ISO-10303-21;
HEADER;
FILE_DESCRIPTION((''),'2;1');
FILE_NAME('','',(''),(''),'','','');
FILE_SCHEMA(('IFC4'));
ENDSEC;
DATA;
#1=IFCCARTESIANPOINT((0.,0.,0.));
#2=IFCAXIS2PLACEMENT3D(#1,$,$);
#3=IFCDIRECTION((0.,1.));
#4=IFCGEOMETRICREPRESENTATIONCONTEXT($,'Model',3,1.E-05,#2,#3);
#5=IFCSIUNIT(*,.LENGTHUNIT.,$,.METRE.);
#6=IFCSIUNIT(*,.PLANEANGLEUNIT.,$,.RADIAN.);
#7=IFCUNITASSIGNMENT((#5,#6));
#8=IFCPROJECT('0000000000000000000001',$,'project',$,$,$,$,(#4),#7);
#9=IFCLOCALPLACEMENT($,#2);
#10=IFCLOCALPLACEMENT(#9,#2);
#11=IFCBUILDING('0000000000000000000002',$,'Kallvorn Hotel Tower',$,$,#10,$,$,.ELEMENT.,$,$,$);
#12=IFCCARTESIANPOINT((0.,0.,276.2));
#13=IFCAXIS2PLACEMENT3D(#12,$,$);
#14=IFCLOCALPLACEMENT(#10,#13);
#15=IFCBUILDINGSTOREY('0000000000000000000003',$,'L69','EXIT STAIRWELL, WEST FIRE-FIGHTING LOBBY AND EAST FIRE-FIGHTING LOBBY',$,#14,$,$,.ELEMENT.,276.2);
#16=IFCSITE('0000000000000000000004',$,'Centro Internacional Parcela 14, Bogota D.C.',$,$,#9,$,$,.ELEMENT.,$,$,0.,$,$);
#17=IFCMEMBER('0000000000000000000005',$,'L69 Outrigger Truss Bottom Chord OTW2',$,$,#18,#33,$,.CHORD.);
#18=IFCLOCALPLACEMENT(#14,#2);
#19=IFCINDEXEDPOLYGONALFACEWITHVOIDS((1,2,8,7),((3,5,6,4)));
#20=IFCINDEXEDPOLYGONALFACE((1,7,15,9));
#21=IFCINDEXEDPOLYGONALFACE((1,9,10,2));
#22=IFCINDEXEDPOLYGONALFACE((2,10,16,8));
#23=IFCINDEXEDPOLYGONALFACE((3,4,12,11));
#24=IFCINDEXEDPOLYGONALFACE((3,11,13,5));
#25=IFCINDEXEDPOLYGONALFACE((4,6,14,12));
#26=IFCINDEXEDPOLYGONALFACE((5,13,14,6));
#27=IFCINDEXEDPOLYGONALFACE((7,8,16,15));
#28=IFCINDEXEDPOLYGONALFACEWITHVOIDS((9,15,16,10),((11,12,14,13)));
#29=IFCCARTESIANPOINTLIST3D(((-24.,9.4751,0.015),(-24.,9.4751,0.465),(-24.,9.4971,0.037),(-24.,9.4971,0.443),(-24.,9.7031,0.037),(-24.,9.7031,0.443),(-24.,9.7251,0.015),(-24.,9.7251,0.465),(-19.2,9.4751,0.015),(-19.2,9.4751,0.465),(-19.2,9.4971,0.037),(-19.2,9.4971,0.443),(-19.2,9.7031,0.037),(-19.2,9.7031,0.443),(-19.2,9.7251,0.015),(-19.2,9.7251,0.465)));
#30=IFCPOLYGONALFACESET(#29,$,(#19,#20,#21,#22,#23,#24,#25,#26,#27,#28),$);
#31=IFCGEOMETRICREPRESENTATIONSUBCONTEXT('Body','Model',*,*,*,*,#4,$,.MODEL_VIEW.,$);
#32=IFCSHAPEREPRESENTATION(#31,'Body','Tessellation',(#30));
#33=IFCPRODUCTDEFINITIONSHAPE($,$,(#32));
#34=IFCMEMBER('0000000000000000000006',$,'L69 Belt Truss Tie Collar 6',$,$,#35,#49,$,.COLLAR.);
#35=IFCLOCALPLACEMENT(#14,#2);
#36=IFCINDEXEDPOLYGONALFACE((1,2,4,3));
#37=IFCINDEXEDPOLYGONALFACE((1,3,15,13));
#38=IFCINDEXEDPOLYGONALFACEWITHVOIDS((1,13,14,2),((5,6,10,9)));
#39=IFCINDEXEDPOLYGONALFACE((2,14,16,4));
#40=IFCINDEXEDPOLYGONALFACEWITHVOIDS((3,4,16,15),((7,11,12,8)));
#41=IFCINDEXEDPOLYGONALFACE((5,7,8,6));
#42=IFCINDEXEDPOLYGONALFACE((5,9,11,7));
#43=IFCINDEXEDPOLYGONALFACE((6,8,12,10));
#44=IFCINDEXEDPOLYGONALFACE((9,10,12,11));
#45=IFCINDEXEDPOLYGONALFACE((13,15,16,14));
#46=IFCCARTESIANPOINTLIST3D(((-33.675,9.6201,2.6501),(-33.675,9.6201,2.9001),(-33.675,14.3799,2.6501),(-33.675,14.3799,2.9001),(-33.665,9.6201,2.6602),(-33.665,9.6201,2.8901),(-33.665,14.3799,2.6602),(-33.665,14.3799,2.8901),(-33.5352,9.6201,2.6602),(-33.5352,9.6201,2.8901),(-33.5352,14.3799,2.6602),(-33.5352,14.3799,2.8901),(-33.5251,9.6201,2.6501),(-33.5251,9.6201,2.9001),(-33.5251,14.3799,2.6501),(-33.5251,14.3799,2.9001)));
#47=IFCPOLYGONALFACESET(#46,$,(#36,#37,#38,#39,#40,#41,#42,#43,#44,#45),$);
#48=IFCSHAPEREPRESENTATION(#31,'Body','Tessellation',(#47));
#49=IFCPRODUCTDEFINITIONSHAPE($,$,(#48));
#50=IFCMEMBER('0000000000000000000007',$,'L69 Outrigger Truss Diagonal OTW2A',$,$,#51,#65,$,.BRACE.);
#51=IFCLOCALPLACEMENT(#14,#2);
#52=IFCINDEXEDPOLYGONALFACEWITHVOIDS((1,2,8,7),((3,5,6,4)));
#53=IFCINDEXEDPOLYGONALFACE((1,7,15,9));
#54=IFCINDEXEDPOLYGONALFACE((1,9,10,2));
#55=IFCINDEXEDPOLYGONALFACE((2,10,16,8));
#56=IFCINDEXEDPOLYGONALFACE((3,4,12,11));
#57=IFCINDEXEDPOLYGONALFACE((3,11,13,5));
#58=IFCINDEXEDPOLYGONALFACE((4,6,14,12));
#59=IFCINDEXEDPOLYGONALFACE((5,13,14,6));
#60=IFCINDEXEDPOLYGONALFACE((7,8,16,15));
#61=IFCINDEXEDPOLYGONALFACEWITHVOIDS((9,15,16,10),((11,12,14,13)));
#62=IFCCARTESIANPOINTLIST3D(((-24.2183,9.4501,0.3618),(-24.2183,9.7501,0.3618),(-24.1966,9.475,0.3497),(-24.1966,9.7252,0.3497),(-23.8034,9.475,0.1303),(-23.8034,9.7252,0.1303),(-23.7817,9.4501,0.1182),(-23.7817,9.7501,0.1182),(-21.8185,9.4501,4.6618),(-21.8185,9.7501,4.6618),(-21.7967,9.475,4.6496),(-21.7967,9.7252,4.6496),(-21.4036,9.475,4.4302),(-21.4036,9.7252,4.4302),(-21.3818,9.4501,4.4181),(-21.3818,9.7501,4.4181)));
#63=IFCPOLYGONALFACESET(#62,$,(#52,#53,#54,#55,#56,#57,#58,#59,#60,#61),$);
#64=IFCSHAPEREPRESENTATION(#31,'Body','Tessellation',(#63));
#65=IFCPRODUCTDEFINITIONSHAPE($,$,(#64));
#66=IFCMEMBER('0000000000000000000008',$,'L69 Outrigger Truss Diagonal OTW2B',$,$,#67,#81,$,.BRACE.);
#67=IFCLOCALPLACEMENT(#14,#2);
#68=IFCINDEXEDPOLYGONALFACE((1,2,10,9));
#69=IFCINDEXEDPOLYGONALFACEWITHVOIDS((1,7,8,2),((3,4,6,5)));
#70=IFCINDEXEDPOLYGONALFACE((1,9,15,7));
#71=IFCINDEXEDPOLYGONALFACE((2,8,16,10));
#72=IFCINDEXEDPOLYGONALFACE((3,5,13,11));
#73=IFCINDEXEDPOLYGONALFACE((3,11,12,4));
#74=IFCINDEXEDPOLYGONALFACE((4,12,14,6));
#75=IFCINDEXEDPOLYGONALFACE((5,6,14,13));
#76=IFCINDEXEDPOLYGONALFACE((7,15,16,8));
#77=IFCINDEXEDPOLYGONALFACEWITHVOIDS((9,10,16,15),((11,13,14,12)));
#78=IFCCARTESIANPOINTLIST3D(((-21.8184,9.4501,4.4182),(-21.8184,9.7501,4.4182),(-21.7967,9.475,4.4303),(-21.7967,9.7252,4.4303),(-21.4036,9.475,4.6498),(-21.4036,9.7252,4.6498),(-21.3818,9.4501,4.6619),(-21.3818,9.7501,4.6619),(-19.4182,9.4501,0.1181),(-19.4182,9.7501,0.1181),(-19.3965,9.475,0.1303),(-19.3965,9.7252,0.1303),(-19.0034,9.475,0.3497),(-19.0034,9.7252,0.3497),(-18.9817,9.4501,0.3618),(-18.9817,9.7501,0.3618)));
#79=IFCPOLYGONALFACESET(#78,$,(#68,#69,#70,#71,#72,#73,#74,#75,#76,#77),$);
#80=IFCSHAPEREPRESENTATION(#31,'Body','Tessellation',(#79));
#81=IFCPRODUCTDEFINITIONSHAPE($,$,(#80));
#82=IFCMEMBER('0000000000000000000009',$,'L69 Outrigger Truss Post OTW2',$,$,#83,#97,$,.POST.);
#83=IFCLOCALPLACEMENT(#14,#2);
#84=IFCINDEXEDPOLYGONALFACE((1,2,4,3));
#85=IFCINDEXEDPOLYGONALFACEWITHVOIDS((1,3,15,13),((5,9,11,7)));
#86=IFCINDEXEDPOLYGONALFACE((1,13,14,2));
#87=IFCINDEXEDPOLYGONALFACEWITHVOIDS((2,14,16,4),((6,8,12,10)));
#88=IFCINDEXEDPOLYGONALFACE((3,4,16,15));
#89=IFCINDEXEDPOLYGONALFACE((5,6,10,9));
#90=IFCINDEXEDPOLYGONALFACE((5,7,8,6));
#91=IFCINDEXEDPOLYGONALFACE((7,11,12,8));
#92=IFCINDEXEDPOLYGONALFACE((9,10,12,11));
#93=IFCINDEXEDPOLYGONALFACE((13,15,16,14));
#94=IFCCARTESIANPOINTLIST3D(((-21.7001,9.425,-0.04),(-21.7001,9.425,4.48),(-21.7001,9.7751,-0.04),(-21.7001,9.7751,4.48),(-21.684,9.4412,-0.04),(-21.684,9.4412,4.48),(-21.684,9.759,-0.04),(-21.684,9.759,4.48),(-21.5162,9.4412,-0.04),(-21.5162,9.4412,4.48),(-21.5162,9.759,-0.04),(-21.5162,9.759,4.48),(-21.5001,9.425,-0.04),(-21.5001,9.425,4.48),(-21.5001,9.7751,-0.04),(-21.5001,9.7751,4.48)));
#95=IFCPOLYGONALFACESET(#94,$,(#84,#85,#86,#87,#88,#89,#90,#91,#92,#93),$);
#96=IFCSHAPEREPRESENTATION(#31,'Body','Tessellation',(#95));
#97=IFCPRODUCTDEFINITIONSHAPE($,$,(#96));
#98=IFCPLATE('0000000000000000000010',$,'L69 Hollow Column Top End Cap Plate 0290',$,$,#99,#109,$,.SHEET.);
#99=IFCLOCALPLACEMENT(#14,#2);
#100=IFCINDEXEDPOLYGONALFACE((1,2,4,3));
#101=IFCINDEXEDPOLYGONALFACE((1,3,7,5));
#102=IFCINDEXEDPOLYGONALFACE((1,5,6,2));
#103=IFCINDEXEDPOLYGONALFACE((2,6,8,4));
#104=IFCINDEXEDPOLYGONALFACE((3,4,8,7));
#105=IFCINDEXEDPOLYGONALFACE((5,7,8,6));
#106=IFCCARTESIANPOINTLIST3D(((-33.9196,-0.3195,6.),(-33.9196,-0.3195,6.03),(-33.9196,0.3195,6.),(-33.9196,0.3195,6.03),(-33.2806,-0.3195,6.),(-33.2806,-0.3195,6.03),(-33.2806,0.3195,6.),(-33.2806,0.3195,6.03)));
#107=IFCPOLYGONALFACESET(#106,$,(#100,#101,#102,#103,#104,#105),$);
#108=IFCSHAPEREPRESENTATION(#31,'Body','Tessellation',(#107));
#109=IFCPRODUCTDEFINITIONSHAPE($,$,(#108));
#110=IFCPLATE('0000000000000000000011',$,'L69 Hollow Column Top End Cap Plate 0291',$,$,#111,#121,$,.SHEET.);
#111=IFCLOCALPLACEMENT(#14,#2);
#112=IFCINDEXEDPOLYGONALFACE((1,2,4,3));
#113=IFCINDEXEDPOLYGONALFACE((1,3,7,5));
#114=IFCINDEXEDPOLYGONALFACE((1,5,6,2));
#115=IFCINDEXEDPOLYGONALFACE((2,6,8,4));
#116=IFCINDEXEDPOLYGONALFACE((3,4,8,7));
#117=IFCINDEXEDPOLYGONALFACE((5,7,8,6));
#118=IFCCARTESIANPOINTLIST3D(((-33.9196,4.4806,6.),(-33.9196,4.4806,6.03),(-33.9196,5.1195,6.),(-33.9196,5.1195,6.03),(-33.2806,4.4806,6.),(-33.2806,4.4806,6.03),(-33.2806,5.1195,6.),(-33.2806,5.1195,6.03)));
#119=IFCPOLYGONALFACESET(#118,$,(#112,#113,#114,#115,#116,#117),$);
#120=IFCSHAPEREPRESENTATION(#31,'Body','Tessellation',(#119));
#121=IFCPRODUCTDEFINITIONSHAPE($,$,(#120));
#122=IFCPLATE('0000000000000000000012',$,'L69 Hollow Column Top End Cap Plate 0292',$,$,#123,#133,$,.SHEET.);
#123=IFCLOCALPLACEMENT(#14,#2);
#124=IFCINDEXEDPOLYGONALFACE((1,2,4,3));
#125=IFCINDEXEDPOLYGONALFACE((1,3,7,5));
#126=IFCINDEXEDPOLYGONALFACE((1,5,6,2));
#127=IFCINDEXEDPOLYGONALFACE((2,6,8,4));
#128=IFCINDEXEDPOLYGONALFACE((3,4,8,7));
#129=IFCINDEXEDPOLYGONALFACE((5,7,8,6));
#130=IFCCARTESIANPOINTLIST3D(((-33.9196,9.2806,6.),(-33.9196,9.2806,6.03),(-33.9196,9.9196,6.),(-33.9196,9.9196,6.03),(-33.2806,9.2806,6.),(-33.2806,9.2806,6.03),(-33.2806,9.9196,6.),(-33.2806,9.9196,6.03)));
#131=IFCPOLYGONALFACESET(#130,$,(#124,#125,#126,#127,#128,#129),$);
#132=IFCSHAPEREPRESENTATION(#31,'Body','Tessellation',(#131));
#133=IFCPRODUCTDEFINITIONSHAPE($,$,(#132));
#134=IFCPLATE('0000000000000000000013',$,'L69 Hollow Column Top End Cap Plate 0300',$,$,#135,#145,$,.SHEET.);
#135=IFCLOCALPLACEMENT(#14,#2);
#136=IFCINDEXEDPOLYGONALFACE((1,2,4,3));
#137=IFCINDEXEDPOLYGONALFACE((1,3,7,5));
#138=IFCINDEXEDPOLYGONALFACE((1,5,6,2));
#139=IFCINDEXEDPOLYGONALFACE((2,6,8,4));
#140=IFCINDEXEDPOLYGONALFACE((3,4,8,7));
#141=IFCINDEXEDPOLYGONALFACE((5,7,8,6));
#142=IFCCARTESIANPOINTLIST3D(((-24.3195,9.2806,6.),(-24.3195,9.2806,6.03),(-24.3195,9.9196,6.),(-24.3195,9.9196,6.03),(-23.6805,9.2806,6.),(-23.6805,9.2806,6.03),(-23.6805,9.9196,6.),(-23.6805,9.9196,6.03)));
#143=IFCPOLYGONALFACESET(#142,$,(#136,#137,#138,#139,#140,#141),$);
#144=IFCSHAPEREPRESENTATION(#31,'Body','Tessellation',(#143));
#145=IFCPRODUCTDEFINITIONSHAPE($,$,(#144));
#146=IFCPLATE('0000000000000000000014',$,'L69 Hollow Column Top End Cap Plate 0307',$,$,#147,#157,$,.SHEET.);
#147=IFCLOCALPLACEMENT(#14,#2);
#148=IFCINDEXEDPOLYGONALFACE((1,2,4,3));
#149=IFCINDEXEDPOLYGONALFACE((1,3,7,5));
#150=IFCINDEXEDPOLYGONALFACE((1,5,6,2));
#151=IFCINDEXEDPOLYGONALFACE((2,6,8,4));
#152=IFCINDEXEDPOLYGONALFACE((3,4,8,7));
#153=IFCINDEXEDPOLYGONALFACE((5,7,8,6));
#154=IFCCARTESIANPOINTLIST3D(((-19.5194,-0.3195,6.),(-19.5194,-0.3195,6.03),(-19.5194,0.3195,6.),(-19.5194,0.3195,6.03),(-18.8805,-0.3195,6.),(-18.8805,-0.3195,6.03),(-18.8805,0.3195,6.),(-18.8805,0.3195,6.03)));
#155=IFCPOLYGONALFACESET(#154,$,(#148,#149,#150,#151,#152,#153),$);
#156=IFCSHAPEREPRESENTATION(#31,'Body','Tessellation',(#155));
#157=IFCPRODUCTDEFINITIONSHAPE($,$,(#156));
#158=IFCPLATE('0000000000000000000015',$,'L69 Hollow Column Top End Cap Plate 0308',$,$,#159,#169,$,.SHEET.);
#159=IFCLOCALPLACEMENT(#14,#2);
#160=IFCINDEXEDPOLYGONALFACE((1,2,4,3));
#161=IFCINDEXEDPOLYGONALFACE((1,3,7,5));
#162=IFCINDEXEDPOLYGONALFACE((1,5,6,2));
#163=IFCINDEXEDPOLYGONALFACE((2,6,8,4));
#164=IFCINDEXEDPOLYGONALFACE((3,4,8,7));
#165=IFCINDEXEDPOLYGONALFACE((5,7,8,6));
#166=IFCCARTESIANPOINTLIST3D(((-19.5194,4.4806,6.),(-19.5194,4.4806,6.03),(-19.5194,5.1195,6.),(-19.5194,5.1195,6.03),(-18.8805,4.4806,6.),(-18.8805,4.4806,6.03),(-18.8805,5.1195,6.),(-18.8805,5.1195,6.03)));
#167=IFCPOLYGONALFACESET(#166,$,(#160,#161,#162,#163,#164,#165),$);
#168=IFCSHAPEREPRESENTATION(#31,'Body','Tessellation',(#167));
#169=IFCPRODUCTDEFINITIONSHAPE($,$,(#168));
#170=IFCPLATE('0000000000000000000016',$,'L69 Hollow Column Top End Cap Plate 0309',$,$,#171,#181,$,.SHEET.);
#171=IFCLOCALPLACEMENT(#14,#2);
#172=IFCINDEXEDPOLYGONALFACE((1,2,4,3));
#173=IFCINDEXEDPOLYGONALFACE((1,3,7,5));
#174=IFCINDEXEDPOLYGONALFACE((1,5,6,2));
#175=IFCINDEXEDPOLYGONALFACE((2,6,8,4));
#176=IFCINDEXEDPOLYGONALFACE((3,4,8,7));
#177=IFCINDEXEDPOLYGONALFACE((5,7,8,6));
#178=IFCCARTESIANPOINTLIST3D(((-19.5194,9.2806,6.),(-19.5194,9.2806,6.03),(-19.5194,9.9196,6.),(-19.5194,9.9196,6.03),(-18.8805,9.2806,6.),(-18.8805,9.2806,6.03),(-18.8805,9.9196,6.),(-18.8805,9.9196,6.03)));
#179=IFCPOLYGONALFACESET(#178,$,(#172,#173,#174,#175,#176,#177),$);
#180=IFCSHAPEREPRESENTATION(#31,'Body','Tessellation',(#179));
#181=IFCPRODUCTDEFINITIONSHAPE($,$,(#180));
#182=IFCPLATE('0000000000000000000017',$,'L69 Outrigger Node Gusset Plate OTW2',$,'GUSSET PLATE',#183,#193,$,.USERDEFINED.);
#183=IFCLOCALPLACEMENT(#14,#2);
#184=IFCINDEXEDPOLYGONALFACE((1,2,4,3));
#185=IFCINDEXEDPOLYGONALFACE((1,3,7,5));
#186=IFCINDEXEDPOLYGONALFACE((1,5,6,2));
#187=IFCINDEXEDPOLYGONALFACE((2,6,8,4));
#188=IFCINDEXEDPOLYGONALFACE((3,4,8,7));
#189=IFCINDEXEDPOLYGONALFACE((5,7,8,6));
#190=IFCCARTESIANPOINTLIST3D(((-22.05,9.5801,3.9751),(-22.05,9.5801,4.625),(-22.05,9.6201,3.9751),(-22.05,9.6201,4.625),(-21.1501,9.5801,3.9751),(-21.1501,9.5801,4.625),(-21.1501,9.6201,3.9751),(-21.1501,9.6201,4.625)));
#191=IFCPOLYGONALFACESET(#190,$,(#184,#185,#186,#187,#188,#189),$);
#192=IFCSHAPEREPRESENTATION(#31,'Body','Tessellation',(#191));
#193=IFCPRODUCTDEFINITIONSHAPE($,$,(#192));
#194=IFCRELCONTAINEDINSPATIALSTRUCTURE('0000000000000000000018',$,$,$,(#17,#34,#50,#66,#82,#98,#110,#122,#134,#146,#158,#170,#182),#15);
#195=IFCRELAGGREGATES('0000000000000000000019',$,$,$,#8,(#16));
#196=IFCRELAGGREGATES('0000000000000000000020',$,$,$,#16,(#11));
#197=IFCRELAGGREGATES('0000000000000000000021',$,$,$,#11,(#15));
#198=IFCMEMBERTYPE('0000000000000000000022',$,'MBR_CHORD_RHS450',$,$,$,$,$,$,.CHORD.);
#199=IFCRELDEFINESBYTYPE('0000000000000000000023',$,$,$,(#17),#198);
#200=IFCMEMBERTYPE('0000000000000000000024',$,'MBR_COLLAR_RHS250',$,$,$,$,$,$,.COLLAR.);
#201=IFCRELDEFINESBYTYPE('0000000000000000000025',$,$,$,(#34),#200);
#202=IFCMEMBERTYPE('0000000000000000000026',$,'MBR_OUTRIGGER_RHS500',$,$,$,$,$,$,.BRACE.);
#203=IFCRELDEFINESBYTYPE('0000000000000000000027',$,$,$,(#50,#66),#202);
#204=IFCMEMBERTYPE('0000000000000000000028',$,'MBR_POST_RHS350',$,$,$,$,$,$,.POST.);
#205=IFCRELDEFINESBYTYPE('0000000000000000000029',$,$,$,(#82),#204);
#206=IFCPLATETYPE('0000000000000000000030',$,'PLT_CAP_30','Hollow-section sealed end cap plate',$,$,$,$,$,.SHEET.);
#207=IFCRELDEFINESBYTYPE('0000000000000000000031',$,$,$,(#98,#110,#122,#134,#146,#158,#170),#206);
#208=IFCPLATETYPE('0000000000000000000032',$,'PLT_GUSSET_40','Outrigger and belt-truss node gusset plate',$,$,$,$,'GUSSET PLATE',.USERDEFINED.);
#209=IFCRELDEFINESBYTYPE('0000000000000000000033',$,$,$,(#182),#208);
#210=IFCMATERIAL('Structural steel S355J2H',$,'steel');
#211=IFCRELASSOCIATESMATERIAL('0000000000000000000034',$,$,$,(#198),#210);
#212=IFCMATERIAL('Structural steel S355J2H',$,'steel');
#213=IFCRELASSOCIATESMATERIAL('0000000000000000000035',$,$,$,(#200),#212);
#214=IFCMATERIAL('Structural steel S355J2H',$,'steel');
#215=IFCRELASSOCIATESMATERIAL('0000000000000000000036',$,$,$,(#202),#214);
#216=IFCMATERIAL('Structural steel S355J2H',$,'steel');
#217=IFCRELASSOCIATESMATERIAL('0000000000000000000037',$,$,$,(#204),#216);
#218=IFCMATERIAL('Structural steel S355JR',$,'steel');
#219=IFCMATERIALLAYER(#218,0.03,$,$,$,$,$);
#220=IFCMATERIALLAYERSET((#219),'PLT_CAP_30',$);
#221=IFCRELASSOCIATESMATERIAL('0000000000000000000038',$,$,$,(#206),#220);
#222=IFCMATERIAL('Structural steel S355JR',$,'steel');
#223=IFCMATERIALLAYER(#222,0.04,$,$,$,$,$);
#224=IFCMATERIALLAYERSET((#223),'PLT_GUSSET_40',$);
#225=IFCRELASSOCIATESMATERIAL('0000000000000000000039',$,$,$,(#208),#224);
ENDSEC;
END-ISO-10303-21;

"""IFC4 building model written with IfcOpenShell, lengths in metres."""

from ifc_helpers import new_model, si_unit, direction, frame, origin, origin_2d, place, context, subcontext, project, spatial, rectangle, hollow_rectangle, extrude, material, layer, layer_set, material_profile, profile_set, type_object, element, save


model = new_model("IFC4")

# Units and contexts
model_context = context("Model", 3, precision=1e-05, world=origin(), true_north=direction((0.0, 1.0)))
body_context = subcontext(model_context, "Body", "Model", "MODEL_VIEW")
ifc_project = project(units=[si_unit("LENGTHUNIT", "METRE"), si_unit("PLANEANGLEUNIT", "RADIAN")], contexts=[model_context])

# Site, building, storey
site_placement = place(None, origin())
site = spatial("IfcSite", under=ifc_project, at=site_placement, Name="Centro Internacional Parcela 14, Bogota D.C.", CompositionType="ELEMENT", RefElevation=0.0)
building_placement = place(site_placement, origin())
building = spatial("IfcBuilding", under=site, at=building_placement, Name="Kallvorn Hotel Tower", CompositionType="ELEMENT")
storey_placement = place(building_placement, frame((0.0, 0.0, 276.2)))
storey = spatial("IfcBuildingStorey", under=building, at=storey_placement, Name="L69", Description="EXIT STAIRWELL, WEST FIRE-FIGHTING LOBBY AND EAST FIRE-FIGHTING LOBBY", CompositionType="ELEMENT", Elevation=276.2)

# Members
ifc_material_1 = material(Name="Structural steel S355J2H", Category="steel")
ifc_material_profile_1 = material_profile(ifc_material_1, hollow_rectangle(XDim=0.25, YDim=0.45, WallThickness=0.022, at=origin_2d()), Name="RHS 450x250x22")
ifc_profile_set_1 = profile_set([ifc_material_profile_1], Name="Structural steel S355J2H")
member_type_1 = type_object("IfcMemberType", Name="MBR_CHORD_RHS450", PredefinedType="CHORD", material=ifc_profile_set_1)
member_1_placement = place(storey_placement, frame((-24.0, 9.6001, 0.24), z_axis=(1.0, 0.0, 0.0), x_axis=(0.0, 1.0, 0.0)))
element("IfcMember", 1, at=member_1_placement, inside=storey, type_object=member_type_1, Name="L69 Outrigger Truss Bottom Chord OTW2", PredefinedType="CHORD", context=body_context, shape_type="SweptSolid", body=[
    extrude(hollow_rectangle(XDim=0.25, YDim=0.45, WallThickness=0.022, at=origin_2d()), origin(), (0.0, 0.0, 1.0), 4.8),
])
ifc_material_2 = material(Name="Structural steel S355J2H", Category="steel")
ifc_material_profile_2 = material_profile(ifc_material_2, hollow_rectangle(XDim=0.1499, YDim=0.25, WallThickness=0.01, at=origin_2d()), Name="RHS 250x150x10")
ifc_profile_set_2 = profile_set([ifc_material_profile_2], Name="Structural steel S355J2H")
member_type_2 = type_object("IfcMemberType", Name="MBR_COLLAR_RHS250", PredefinedType="COLLAR", material=ifc_profile_set_2)
member_2_placement = place(storey_placement, frame((-33.6001, 9.6201, 2.7751), z_axis=(0.0, 1.0, 0.0), x_axis=(-1.0, 0.0, 0.0)))
element("IfcMember", 2, at=member_2_placement, inside=storey, type_object=member_type_2, Name="L69 Belt Truss Tie Collar 6", PredefinedType="COLLAR", context=body_context, shape_type="SweptSolid", body=[
    extrude(hollow_rectangle(XDim=0.1499, YDim=0.25, WallThickness=0.01, at=origin_2d()), origin(), (0.0, 0.0, 1.0), 4.7598),
])
ifc_material_3 = material(Name="Structural steel S355J2H", Category="steel")
ifc_material_profile_3 = material_profile(ifc_material_3, hollow_rectangle(XDim=0.3, YDim=0.5, WallThickness=0.0249, at=origin_2d()), Name="RHS 500x300x25")
ifc_profile_set_3 = profile_set([ifc_material_profile_3], Name="Structural steel S355J2H")
member_type_3 = type_object("IfcMemberType", Name="MBR_OUTRIGGER_RHS500", PredefinedType="BRACE", material=ifc_profile_set_3)
member_3_placement = place(storey_placement, frame((-24.0, 9.6001, 0.24), z_axis=(0.487347, 0.0, 0.873208), x_axis=(0.0, 1.0, 0.0)))
element("IfcMember", 3, at=member_3_placement, inside=storey, type_object=member_type_3, Name="L69 Outrigger Truss Diagonal OTW2A", PredefinedType="BRACE", context=body_context, shape_type="SweptSolid", body=[
    extrude(hollow_rectangle(XDim=0.3, YDim=0.5, WallThickness=0.0249, at=origin_2d()), origin(), (0.0, 0.0, 1.0), 4.9243),
])
member_4_placement = place(storey_placement, frame((-19.2, 9.6001, 0.24), z_axis=(-0.487385, 0.0, 0.873187), x_axis=(0.0, -1.0, 0.0)))
element("IfcMember", 4, at=member_4_placement, inside=storey, type_object=member_type_3, Name="L69 Outrigger Truss Diagonal OTW2B", PredefinedType="BRACE", context=body_context, shape_type="SweptSolid", body=[
    extrude(hollow_rectangle(XDim=0.3, YDim=0.5, WallThickness=0.0249, at=origin_2d()), origin(), (0.0, 0.0, 1.0), 4.9246),
])
ifc_material_4 = material(Name="Structural steel S355J2H", Category="steel")
ifc_material_profile_4 = material_profile(ifc_material_4, hollow_rectangle(XDim=0.2, YDim=0.3501, WallThickness=0.0161, at=origin_2d()), Name="RHS 350x200x16")
ifc_profile_set_4 = profile_set([ifc_material_profile_4], Name="Structural steel S355J2H")
member_type_4 = type_object("IfcMemberType", Name="MBR_POST_RHS350", PredefinedType="POST", material=ifc_profile_set_4)
member_5_placement = place(storey_placement, frame((-21.6001, 9.6001, -0.04), z_axis=(0.0, 0.0, 1.0), x_axis=(1.0, 0.0, 0.0)))
element("IfcMember", 5, at=member_5_placement, inside=storey, type_object=member_type_4, Name="L69 Outrigger Truss Post OTW2", PredefinedType="POST", context=body_context, shape_type="SweptSolid", body=[
    extrude(hollow_rectangle(XDim=0.2, YDim=0.3501, WallThickness=0.0161, at=origin_2d()), origin(), (0.0, 0.0, 1.0), 4.52),
])

# Plates
ifc_material_5 = material(Name="Structural steel S355JR", Category="steel")
ifc_layer_1 = layer(ifc_material_5, 0.03)
ifc_layer_set_1 = layer_set([ifc_layer_1], Name="PLT_CAP_30")
plate_type_1 = type_object("IfcPlateType", Name="PLT_CAP_30", Description="Hollow-section sealed end cap plate", PredefinedType="SHEET", material=ifc_layer_set_1)
for number, where, z_axis, x_axis, name in (
    (6, (-33.6001, 0.0, 6.0), (0.0, 0.0, 1.0), (1.0, 0.0, 0.0), "L69 Hollow Column Top End Cap Plate 0290"),
    (7, (-33.6001, 4.8, 6.0), (0.0, 0.0, 1.0), (1.0, 0.0, 0.0), "L69 Hollow Column Top End Cap Plate 0291"),
    (8, (-33.6001, 9.6001, 6.0), (0.0, 0.0, 1.0), (1.0, 0.0, 0.0), "L69 Hollow Column Top End Cap Plate 0292"),
    (9, (-24.0, 9.6001, 6.0), (0.0, 0.0, 1.0), (1.0, 0.0, 0.0), "L69 Hollow Column Top End Cap Plate 0300"),
    (10, (-19.2, 0.0, 6.0), (0.0, 0.0, 1.0), (1.0, 0.0, 0.0), "L69 Hollow Column Top End Cap Plate 0307"),
    (11, (-19.2, 4.8, 6.0), (0.0, 0.0, 1.0), (1.0, 0.0, 0.0), "L69 Hollow Column Top End Cap Plate 0308"),
    (12, (-19.2, 9.6001, 6.0), (0.0, 0.0, 1.0), (1.0, 0.0, 0.0), "L69 Hollow Column Top End Cap Plate 0309"),
):
    element("IfcPlate", number, at=place(storey_placement, frame(where, z_axis=z_axis, x_axis=x_axis)), inside=storey, type_object=plate_type_1, Name=name, PredefinedType="SHEET", context=body_context, shape_type="SweptSolid", body=[
        extrude(rectangle(XDim=0.6389, YDim=0.6389, at=origin_2d()), origin(), (0.0, 0.0, 1.0), 0.03),
    ])
ifc_material_6 = material(Name="Structural steel S355JR", Category="steel")
ifc_layer_2 = layer(ifc_material_6, 0.04)
ifc_layer_set_2 = layer_set([ifc_layer_2], Name="PLT_GUSSET_40")
plate_type_2 = type_object("IfcPlateType", Name="PLT_GUSSET_40", Description="Outrigger and belt-truss node gusset plate", ElementType="GUSSET PLATE", PredefinedType="USERDEFINED", material=ifc_layer_set_2)
plate_placement = place(storey_placement, frame((-21.6001, 9.6001, 3.9751), z_axis=(0.0, 0.0, 1.0), x_axis=(1.0, 0.0, 0.0)))
element("IfcPlate", 13, at=plate_placement, inside=storey, type_object=plate_type_2, Name="L69 Outrigger Node Gusset Plate OTW2", ObjectType="GUSSET PLATE", PredefinedType="USERDEFINED", context=body_context, shape_type="SweptSolid", body=[
    extrude(rectangle(XDim=0.8999, YDim=0.04, at=origin_2d()), origin(), (0.0, 0.0, 1.0), 0.6499),
])

save(model, "model.ifc")
